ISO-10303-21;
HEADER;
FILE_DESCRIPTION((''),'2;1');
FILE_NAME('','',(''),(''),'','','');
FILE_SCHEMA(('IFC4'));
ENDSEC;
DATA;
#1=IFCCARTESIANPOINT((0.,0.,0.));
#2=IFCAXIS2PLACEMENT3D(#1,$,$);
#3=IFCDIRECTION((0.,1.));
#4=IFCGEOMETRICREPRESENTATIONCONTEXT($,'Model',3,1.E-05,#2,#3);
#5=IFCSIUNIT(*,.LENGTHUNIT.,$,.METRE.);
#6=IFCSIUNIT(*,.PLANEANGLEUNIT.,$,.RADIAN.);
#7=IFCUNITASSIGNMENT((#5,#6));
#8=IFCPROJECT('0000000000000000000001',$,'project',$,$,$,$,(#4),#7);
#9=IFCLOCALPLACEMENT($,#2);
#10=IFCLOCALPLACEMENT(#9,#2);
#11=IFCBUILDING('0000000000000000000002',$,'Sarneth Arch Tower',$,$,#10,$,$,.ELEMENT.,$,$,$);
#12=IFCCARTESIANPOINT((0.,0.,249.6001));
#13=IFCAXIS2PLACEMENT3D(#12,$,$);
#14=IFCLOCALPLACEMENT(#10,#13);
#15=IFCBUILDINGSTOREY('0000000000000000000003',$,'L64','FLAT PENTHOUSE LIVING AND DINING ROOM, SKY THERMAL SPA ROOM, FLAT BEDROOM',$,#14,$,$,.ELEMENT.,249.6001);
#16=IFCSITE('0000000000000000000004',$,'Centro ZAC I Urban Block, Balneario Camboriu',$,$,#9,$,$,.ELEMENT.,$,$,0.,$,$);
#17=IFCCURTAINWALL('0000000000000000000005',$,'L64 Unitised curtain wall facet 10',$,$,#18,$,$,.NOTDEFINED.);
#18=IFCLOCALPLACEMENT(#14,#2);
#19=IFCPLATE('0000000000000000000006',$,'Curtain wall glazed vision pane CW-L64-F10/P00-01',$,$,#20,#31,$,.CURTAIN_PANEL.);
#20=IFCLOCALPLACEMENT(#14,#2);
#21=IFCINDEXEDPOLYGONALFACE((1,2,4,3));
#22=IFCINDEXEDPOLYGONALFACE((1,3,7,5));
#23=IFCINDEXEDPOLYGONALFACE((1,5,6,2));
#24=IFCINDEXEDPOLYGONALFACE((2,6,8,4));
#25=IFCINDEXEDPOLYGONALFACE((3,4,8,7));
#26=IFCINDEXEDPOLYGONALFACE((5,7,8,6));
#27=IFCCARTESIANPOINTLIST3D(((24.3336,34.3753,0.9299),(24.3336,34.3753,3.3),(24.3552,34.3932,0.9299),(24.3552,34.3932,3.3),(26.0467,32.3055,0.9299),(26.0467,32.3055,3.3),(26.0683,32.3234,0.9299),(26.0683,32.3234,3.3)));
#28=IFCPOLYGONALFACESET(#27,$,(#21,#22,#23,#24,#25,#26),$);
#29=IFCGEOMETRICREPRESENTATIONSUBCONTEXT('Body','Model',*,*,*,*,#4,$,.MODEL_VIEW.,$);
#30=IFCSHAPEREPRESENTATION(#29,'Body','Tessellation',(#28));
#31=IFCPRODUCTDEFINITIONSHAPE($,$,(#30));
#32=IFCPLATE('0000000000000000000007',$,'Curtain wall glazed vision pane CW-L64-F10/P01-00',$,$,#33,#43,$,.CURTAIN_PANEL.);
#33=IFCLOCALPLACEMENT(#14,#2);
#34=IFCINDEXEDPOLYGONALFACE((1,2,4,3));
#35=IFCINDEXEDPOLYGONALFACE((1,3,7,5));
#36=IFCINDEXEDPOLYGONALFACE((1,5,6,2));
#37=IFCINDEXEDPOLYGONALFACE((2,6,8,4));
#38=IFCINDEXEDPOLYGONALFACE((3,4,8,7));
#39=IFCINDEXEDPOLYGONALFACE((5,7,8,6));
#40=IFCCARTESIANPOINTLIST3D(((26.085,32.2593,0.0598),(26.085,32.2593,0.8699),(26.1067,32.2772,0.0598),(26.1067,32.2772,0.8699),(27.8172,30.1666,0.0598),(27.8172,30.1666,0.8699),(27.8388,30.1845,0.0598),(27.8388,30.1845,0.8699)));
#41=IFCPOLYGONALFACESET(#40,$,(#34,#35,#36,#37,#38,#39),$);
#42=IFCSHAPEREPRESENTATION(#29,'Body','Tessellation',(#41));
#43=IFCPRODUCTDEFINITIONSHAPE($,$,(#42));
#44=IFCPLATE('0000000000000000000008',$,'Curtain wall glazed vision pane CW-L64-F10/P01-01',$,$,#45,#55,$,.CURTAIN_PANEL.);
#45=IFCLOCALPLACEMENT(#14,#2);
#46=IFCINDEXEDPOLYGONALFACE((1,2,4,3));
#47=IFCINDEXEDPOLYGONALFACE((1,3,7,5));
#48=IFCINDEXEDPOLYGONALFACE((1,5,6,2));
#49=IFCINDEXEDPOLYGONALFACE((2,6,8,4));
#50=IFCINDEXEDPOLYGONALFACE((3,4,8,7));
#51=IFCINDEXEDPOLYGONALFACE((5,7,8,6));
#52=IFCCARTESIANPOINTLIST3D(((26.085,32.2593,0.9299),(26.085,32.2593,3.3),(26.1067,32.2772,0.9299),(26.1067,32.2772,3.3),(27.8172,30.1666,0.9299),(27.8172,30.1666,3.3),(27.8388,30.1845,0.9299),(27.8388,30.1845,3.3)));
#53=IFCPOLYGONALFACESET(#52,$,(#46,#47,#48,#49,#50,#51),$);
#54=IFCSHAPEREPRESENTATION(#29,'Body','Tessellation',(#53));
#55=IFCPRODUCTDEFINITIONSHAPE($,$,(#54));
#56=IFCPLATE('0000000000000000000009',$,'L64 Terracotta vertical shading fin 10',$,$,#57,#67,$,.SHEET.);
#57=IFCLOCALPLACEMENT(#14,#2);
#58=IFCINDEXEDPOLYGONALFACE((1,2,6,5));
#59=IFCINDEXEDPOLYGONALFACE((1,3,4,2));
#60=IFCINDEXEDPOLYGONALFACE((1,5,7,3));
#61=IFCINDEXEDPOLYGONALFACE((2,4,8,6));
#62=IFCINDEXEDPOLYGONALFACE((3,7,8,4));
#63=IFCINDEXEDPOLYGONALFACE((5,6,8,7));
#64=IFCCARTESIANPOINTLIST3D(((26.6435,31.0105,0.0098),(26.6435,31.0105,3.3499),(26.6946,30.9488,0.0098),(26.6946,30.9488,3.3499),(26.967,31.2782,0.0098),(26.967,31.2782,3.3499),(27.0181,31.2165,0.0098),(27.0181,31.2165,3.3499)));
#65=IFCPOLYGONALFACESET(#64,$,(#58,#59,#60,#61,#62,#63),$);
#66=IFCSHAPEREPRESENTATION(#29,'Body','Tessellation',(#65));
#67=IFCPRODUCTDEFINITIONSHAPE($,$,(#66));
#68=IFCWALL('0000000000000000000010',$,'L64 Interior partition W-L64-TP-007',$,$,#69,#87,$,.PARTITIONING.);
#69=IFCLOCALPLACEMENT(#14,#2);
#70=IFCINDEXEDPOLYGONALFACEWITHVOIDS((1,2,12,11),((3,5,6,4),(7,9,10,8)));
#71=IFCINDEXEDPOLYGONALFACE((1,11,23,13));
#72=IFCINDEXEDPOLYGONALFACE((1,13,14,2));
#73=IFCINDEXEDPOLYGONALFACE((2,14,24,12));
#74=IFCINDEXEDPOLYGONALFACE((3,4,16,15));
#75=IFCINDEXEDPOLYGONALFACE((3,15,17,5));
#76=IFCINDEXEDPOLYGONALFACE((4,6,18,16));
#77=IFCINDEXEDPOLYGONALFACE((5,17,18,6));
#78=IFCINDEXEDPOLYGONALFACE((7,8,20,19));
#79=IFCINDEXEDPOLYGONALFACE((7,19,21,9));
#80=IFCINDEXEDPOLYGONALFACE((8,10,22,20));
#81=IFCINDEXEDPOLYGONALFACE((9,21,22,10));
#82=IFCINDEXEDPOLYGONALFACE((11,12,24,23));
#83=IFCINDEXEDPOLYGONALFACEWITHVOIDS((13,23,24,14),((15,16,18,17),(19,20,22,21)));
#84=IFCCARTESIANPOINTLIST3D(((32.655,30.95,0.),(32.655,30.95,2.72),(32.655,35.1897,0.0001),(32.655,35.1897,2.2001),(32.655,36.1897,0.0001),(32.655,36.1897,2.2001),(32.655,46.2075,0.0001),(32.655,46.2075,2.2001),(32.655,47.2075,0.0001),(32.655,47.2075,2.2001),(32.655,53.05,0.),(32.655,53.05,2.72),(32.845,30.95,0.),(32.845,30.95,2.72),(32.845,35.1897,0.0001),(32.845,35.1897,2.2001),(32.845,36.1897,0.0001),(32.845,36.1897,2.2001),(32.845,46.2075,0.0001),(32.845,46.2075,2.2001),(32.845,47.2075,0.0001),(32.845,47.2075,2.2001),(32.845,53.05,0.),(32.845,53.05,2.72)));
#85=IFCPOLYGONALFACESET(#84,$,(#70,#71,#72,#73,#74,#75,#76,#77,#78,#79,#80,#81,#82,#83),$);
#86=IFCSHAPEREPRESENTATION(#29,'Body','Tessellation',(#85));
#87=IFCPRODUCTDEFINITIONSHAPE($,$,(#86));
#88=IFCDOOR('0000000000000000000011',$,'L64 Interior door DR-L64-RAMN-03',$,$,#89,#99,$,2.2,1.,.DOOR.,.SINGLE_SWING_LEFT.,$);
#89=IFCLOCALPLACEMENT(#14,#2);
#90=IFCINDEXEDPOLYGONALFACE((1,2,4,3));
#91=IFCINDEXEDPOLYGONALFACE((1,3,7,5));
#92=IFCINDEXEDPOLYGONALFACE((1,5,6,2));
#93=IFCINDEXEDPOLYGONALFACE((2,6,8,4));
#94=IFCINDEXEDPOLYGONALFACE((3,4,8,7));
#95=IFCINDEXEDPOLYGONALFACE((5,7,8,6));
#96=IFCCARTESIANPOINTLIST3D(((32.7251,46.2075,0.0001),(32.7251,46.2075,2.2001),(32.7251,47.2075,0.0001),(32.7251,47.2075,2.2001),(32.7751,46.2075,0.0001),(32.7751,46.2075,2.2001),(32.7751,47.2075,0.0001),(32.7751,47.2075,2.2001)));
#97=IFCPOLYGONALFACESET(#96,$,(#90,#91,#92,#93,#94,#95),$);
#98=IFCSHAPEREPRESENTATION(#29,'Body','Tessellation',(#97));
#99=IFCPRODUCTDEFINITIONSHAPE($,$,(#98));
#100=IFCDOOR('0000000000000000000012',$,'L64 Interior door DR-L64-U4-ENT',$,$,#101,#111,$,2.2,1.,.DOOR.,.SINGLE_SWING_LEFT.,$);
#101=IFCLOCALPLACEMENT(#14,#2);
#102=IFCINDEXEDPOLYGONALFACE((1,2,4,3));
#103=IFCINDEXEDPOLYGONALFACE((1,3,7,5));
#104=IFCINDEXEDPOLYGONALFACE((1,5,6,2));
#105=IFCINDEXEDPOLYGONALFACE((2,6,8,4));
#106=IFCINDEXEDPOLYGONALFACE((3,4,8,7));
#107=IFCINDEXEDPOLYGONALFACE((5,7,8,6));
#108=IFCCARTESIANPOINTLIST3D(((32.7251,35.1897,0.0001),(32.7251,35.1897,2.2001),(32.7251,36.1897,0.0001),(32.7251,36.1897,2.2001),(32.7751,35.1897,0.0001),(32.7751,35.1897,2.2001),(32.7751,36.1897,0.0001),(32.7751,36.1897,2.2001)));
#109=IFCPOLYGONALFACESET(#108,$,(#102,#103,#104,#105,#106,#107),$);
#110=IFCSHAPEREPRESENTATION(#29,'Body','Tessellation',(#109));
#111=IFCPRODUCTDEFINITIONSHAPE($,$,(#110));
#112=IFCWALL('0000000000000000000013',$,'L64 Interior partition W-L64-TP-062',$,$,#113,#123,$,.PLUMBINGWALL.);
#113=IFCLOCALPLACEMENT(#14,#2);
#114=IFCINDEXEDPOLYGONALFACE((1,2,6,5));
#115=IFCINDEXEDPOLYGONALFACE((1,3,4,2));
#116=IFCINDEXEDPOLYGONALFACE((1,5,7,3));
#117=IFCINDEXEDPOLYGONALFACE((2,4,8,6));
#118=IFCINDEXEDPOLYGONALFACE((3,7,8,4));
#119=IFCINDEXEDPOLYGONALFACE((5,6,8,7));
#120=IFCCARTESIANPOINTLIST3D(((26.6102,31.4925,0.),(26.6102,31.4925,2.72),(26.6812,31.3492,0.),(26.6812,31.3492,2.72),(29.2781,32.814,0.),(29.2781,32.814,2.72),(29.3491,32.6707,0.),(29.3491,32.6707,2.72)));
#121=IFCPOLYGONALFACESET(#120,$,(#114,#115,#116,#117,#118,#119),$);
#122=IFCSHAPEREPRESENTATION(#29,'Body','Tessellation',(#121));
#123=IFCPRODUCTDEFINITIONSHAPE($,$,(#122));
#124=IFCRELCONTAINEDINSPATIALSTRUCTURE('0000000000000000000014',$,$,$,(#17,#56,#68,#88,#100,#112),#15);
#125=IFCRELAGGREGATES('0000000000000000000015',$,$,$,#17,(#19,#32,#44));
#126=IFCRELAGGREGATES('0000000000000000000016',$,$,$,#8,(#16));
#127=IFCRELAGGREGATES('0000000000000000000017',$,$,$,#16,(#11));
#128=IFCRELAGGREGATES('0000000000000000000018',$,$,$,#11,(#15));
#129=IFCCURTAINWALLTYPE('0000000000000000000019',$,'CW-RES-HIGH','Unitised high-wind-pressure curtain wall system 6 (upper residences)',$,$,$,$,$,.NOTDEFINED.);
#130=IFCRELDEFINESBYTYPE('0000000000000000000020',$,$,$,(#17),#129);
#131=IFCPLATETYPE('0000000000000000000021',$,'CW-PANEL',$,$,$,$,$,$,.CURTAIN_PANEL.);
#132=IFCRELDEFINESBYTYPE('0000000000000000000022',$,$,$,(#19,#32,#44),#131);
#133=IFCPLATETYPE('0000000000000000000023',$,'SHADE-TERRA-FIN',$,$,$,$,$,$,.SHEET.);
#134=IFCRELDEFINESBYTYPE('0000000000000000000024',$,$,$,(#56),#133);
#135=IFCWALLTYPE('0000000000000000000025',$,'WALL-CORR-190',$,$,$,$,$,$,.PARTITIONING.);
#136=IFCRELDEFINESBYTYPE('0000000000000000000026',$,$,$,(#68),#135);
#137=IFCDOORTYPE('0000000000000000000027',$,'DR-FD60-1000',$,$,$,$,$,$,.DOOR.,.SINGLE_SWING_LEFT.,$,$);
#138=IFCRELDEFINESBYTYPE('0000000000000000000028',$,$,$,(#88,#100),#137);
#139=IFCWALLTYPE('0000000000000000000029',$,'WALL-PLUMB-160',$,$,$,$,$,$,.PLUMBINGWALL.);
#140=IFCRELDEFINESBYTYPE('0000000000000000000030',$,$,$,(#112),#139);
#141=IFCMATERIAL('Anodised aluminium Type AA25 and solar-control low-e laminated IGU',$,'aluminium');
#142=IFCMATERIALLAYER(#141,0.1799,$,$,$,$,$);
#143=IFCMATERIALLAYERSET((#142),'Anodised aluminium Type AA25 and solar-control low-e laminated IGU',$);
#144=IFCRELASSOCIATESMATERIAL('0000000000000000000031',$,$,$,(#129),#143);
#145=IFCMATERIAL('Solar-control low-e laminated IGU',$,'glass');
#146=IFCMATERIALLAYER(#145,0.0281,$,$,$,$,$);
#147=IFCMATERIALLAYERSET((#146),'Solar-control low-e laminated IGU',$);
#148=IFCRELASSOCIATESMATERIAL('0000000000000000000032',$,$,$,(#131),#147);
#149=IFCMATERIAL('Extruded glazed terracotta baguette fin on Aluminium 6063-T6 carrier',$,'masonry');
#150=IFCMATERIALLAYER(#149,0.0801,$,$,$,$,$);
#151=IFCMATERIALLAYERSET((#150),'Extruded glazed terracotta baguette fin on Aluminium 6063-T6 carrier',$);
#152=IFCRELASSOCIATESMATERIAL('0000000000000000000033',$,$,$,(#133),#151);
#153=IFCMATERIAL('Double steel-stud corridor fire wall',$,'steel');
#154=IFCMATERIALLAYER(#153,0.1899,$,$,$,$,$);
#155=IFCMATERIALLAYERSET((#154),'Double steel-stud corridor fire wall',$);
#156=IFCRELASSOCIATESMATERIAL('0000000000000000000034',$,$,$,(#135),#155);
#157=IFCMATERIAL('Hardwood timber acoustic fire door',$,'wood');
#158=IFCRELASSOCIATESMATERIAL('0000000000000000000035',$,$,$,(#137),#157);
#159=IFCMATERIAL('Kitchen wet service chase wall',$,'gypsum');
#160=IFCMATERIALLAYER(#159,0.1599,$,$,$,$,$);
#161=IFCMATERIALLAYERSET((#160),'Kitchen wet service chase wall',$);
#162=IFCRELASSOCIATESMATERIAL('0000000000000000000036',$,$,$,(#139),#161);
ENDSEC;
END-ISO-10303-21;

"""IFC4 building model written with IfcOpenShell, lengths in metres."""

from ifc_helpers import new_model, si_unit, direction, frame, frame_2d, origin, origin_2d, place, context, subcontext, project, spatial, rectangle, extrude, material, layer, layer_set, type_object, element, fill, aggregate, save


model = new_model("IFC4")

# Units and contexts
model_context = context("Model", 3, precision=1e-05, world=origin(), true_north=direction((0.0, 1.0)))
body_context = subcontext(model_context, "Body", "Model", "MODEL_VIEW")
ifc_project = project(units=[si_unit("LENGTHUNIT", "METRE"), si_unit("PLANEANGLEUNIT", "RADIAN")], contexts=[model_context])

# Site, building, storey
site_placement = place(None, origin())
site = spatial("IfcSite", under=ifc_project, at=site_placement, Name="Centro ZAC I Urban Block, Balneario Camboriu", CompositionType="ELEMENT", RefElevation=0.0)
building_placement = place(site_placement, origin())
building = spatial("IfcBuilding", under=site, at=building_placement, Name="Sarneth Arch Tower", CompositionType="ELEMENT")
storey_placement = place(building_placement, frame((0.0, 0.0, 249.6001)))
storey = spatial("IfcBuildingStorey", under=building, at=storey_placement, Name="L64", Description="FLAT PENTHOUSE LIVING AND DINING ROOM, SKY THERMAL SPA ROOM, FLAT BEDROOM", CompositionType="ELEMENT", Elevation=249.6001)

# Curtain wall, plates
ifc_material_1 = material(Name="Anodised aluminium Type AA25 and solar-control low-e laminated IGU", Category="aluminium")
ifc_layer_1 = layer(ifc_material_1, 0.1799)
ifc_layer_set_1 = layer_set([ifc_layer_1], Name="Anodised aluminium Type AA25 and solar-control low-e laminated IGU")
curtain_wall_type = type_object("IfcCurtainWallType", Name="CW-RES-HIGH", Description="Unitised high-wind-pressure curtain wall system 6 (upper residences)", PredefinedType="NOTDEFINED", material=ifc_layer_set_1)
curtain_wall_placement = place(storey_placement, origin())
curtain_wall = element("IfcCurtainWall", 1, at=curtain_wall_placement, inside=storey, type_object=curtain_wall_type, Name="L64 Unitised curtain wall facet 10", PredefinedType="NOTDEFINED")
ifc_material_2 = material(Name="Solar-control low-e laminated IGU", Category="glass")
ifc_layer_2 = layer(ifc_material_2, 0.0281)
ifc_layer_set_2 = layer_set([ifc_layer_2], Name="Solar-control low-e laminated IGU")
plate_type_1 = type_object("IfcPlateType", Name="CW-PANEL", PredefinedType="CURTAIN_PANEL", material=ifc_layer_set_2)
plate_1_placement = place(storey_placement, frame((25.2009, 33.3494, 0.9299), z_axis=(0.0, 0.0, 1.0), x_axis=(0.63761, -0.770359, 0.0)))
plate_1 = element("IfcPlate", 2, at=plate_1_placement, type_object=plate_type_1, Name="Curtain wall glazed vision pane CW-L64-F10/P00-01", PredefinedType="CURTAIN_PANEL", context=body_context, shape_type="SweptSolid", body=[
    extrude(rectangle(XDim=2.6868, YDim=0.0281, at=origin_2d()), origin(), (0.0, 0.0, 1.0), 2.3701),
])
plate_2_placement = place(storey_placement, frame((26.9619, 31.2219, 0.0598), z_axis=(0.0, 0.0, 1.0), x_axis=(0.63761, -0.770359, 0.0)))
plate_2 = element("IfcPlate", 3, at=plate_2_placement, type_object=plate_type_1, Name="Curtain wall glazed vision pane CW-L64-F10/P01-00", PredefinedType="CURTAIN_PANEL", context=body_context, shape_type="SweptSolid", body=[
    extrude(rectangle(XDim=2.7166, YDim=0.0281, at=origin_2d()), origin(), (0.0, 0.0, 1.0), 0.8101),
])
plate_3_placement = place(storey_placement, frame((26.9619, 31.2219, 0.9299), z_axis=(0.0, 0.0, 1.0), x_axis=(0.63761, -0.770359, 0.0)))
plate_3 = element("IfcPlate", 4, at=plate_3_placement, type_object=plate_type_1, Name="Curtain wall glazed vision pane CW-L64-F10/P01-01", PredefinedType="CURTAIN_PANEL", context=body_context, shape_type="SweptSolid", body=[
    extrude(rectangle(XDim=2.7166, YDim=0.0281, at=origin_2d()), origin(), (0.0, 0.0, 1.0), 2.3701),
])
aggregate(curtain_wall, [plate_1, plate_2, plate_3])

# Plate
ifc_material_3 = material(Name="Extruded glazed terracotta baguette fin on Aluminium 6063-T6 carrier", Category="masonry")
ifc_layer_3 = layer(ifc_material_3, 0.0801)
ifc_layer_set_3 = layer_set([ifc_layer_3], Name="Extruded glazed terracotta baguette fin on Aluminium 6063-T6 carrier")
plate_type_2 = type_object("IfcPlateType", Name="SHADE-TERRA-FIN", PredefinedType="SHEET", material=ifc_layer_set_3)
plate_4_placement = place(storey_placement, frame((26.8308, 31.1135, 0.0098), z_axis=(0.0, 0.0, 1.0), x_axis=(-0.770402, -0.637558, 0.0)))
element("IfcPlate", 5, at=plate_4_placement, inside=storey, type_object=plate_type_2, Name="L64 Terracotta vertical shading fin 10", PredefinedType="SHEET", context=body_context, shape_type="SweptSolid", body=[
    extrude(rectangle(XDim=0.4199, YDim=0.0801, at=origin_2d()), origin(), (0.0, 0.0, 1.0), 3.3401),
])

# Wall, openings, doors
ifc_material_4 = material(Name="Double steel-stud corridor fire wall", Category="steel")
ifc_layer_4 = layer(ifc_material_4, 0.1899)
ifc_layer_set_4 = layer_set([ifc_layer_4], Name="Double steel-stud corridor fire wall")
wall_type_1 = type_object("IfcWallType", Name="WALL-CORR-190", PredefinedType="PARTITIONING", material=ifc_layer_set_4)
wall_1_placement = place(storey_placement, frame((32.75, 30.95, 0.0), z_axis=(0.0, 0.0, 1.0), x_axis=(0.0, 1.0, 0.0)))
wall_1 = element("IfcWall", 6, at=wall_1_placement, inside=storey, type_object=wall_type_1, Name="L64 Interior partition W-L64-TP-007", PredefinedType="PARTITIONING", context=body_context, shape_type="SweptSolid", body=[
    extrude(rectangle(XDim=22.1001, YDim=0.1899, at=frame_2d((11.05, 0.0))), origin(), (0.0, 0.0, 1.0), 2.72),
])
opening_1_placement = place(wall_1_placement, frame((15.2576, 0.0, 0.0)))
opening_1 = element("IfcOpeningElement", 7, at=opening_1_placement, cuts=wall_1, PredefinedType="OPENING", context=body_context, shape_type="SweptSolid", body=[
    extrude(rectangle(XDim=1.0, YDim=2.2, at=frame_2d((0.5, 1.1001))), frame((0.0, 0.105, 0.0), z_axis=(0.0, -1.0, 0.0), x_axis=(1.0, 0.0, 0.0)), (0.0, 0.0, 1.0), 0.21),
])
opening_2_placement = place(wall_1_placement, frame((4.2397, 0.0, 0.0)))
opening_2 = element("IfcOpeningElement", 8, at=opening_2_placement, cuts=wall_1, PredefinedType="OPENING", context=body_context, shape_type="SweptSolid", body=[
    extrude(rectangle(XDim=1.0, YDim=2.2, at=frame_2d((0.5, 1.1001))), frame((0.0, 0.105, 0.0), z_axis=(0.0, -1.0, 0.0), x_axis=(1.0, 0.0, 0.0)), (0.0, 0.0, 1.0), 0.21),
])
ifc_material_5 = material(Name="Hardwood timber acoustic fire door", Category="wood")
door_type = type_object("IfcDoorType", Name="DR-FD60-1000", OperationType="SINGLE_SWING_LEFT", PredefinedType="DOOR", material=ifc_material_5)
door_1_placement = place(opening_1_placement, origin())
door_1 = element("IfcDoor", 9, at=door_1_placement, inside=storey, type_object=door_type, Name="L64 Interior door DR-L64-RAMN-03", OperationType="SINGLE_SWING_LEFT", OverallHeight=2.2, OverallWidth=1.0, PredefinedType="DOOR", context=body_context, shape_type="SweptSolid", body=[
    extrude(rectangle(XDim=1.0, YDim=2.2, at=frame_2d((0.5, 1.1001))), frame((0.0, 0.0249, 0.0), z_axis=(0.0, -1.0, 0.0), x_axis=(1.0, 0.0, 0.0)), (0.0, 0.0, 1.0), 0.05),
])
fill(opening_1, door_1)
door_2_placement = place(opening_2_placement, origin())
door_2 = element("IfcDoor", 10, at=door_2_placement, inside=storey, type_object=door_type, Name="L64 Interior door DR-L64-U4-ENT", OperationType="SINGLE_SWING_LEFT", OverallHeight=2.2, OverallWidth=1.0, PredefinedType="DOOR", context=body_context, shape_type="SweptSolid", body=[
    extrude(rectangle(XDim=1.0, YDim=2.2, at=frame_2d((0.5, 1.1001))), frame((0.0, 0.0249, 0.0), z_axis=(0.0, -1.0, 0.0), x_axis=(1.0, 0.0, 0.0)), (0.0, 0.0, 1.0), 0.05),
])
fill(opening_2, door_2)

# Wall
ifc_material_6 = material(Name="Kitchen wet service chase wall", Category="gypsum")
ifc_layer_5 = layer(ifc_material_6, 0.1599)
ifc_layer_set_5 = layer_set([ifc_layer_5], Name="Kitchen wet service chase wall")
wall_type_2 = type_object("IfcWallType", Name="WALL-PLUMB-160", PredefinedType="PLUMBINGWALL", material=ifc_layer_set_5)
wall_2_placement = place(storey_placement, frame((29.3137, 32.7424, 0.0), z_axis=(0.0, 0.0, 1.0), x_axis=(-0.896094, -0.443865, 0.0)))
element("IfcWall", 11, at=wall_2_placement, inside=storey, type_object=wall_type_2, Name="L64 Interior partition W-L64-TP-062", PredefinedType="PLUMBINGWALL", context=body_context, shape_type="SweptSolid", body=[
    extrude(rectangle(XDim=2.9773, YDim=0.1599, at=frame_2d((1.4888, 0.0))), origin(), (0.0, 0.0, 1.0), 2.72),
])

save(model, "model.ifc")
